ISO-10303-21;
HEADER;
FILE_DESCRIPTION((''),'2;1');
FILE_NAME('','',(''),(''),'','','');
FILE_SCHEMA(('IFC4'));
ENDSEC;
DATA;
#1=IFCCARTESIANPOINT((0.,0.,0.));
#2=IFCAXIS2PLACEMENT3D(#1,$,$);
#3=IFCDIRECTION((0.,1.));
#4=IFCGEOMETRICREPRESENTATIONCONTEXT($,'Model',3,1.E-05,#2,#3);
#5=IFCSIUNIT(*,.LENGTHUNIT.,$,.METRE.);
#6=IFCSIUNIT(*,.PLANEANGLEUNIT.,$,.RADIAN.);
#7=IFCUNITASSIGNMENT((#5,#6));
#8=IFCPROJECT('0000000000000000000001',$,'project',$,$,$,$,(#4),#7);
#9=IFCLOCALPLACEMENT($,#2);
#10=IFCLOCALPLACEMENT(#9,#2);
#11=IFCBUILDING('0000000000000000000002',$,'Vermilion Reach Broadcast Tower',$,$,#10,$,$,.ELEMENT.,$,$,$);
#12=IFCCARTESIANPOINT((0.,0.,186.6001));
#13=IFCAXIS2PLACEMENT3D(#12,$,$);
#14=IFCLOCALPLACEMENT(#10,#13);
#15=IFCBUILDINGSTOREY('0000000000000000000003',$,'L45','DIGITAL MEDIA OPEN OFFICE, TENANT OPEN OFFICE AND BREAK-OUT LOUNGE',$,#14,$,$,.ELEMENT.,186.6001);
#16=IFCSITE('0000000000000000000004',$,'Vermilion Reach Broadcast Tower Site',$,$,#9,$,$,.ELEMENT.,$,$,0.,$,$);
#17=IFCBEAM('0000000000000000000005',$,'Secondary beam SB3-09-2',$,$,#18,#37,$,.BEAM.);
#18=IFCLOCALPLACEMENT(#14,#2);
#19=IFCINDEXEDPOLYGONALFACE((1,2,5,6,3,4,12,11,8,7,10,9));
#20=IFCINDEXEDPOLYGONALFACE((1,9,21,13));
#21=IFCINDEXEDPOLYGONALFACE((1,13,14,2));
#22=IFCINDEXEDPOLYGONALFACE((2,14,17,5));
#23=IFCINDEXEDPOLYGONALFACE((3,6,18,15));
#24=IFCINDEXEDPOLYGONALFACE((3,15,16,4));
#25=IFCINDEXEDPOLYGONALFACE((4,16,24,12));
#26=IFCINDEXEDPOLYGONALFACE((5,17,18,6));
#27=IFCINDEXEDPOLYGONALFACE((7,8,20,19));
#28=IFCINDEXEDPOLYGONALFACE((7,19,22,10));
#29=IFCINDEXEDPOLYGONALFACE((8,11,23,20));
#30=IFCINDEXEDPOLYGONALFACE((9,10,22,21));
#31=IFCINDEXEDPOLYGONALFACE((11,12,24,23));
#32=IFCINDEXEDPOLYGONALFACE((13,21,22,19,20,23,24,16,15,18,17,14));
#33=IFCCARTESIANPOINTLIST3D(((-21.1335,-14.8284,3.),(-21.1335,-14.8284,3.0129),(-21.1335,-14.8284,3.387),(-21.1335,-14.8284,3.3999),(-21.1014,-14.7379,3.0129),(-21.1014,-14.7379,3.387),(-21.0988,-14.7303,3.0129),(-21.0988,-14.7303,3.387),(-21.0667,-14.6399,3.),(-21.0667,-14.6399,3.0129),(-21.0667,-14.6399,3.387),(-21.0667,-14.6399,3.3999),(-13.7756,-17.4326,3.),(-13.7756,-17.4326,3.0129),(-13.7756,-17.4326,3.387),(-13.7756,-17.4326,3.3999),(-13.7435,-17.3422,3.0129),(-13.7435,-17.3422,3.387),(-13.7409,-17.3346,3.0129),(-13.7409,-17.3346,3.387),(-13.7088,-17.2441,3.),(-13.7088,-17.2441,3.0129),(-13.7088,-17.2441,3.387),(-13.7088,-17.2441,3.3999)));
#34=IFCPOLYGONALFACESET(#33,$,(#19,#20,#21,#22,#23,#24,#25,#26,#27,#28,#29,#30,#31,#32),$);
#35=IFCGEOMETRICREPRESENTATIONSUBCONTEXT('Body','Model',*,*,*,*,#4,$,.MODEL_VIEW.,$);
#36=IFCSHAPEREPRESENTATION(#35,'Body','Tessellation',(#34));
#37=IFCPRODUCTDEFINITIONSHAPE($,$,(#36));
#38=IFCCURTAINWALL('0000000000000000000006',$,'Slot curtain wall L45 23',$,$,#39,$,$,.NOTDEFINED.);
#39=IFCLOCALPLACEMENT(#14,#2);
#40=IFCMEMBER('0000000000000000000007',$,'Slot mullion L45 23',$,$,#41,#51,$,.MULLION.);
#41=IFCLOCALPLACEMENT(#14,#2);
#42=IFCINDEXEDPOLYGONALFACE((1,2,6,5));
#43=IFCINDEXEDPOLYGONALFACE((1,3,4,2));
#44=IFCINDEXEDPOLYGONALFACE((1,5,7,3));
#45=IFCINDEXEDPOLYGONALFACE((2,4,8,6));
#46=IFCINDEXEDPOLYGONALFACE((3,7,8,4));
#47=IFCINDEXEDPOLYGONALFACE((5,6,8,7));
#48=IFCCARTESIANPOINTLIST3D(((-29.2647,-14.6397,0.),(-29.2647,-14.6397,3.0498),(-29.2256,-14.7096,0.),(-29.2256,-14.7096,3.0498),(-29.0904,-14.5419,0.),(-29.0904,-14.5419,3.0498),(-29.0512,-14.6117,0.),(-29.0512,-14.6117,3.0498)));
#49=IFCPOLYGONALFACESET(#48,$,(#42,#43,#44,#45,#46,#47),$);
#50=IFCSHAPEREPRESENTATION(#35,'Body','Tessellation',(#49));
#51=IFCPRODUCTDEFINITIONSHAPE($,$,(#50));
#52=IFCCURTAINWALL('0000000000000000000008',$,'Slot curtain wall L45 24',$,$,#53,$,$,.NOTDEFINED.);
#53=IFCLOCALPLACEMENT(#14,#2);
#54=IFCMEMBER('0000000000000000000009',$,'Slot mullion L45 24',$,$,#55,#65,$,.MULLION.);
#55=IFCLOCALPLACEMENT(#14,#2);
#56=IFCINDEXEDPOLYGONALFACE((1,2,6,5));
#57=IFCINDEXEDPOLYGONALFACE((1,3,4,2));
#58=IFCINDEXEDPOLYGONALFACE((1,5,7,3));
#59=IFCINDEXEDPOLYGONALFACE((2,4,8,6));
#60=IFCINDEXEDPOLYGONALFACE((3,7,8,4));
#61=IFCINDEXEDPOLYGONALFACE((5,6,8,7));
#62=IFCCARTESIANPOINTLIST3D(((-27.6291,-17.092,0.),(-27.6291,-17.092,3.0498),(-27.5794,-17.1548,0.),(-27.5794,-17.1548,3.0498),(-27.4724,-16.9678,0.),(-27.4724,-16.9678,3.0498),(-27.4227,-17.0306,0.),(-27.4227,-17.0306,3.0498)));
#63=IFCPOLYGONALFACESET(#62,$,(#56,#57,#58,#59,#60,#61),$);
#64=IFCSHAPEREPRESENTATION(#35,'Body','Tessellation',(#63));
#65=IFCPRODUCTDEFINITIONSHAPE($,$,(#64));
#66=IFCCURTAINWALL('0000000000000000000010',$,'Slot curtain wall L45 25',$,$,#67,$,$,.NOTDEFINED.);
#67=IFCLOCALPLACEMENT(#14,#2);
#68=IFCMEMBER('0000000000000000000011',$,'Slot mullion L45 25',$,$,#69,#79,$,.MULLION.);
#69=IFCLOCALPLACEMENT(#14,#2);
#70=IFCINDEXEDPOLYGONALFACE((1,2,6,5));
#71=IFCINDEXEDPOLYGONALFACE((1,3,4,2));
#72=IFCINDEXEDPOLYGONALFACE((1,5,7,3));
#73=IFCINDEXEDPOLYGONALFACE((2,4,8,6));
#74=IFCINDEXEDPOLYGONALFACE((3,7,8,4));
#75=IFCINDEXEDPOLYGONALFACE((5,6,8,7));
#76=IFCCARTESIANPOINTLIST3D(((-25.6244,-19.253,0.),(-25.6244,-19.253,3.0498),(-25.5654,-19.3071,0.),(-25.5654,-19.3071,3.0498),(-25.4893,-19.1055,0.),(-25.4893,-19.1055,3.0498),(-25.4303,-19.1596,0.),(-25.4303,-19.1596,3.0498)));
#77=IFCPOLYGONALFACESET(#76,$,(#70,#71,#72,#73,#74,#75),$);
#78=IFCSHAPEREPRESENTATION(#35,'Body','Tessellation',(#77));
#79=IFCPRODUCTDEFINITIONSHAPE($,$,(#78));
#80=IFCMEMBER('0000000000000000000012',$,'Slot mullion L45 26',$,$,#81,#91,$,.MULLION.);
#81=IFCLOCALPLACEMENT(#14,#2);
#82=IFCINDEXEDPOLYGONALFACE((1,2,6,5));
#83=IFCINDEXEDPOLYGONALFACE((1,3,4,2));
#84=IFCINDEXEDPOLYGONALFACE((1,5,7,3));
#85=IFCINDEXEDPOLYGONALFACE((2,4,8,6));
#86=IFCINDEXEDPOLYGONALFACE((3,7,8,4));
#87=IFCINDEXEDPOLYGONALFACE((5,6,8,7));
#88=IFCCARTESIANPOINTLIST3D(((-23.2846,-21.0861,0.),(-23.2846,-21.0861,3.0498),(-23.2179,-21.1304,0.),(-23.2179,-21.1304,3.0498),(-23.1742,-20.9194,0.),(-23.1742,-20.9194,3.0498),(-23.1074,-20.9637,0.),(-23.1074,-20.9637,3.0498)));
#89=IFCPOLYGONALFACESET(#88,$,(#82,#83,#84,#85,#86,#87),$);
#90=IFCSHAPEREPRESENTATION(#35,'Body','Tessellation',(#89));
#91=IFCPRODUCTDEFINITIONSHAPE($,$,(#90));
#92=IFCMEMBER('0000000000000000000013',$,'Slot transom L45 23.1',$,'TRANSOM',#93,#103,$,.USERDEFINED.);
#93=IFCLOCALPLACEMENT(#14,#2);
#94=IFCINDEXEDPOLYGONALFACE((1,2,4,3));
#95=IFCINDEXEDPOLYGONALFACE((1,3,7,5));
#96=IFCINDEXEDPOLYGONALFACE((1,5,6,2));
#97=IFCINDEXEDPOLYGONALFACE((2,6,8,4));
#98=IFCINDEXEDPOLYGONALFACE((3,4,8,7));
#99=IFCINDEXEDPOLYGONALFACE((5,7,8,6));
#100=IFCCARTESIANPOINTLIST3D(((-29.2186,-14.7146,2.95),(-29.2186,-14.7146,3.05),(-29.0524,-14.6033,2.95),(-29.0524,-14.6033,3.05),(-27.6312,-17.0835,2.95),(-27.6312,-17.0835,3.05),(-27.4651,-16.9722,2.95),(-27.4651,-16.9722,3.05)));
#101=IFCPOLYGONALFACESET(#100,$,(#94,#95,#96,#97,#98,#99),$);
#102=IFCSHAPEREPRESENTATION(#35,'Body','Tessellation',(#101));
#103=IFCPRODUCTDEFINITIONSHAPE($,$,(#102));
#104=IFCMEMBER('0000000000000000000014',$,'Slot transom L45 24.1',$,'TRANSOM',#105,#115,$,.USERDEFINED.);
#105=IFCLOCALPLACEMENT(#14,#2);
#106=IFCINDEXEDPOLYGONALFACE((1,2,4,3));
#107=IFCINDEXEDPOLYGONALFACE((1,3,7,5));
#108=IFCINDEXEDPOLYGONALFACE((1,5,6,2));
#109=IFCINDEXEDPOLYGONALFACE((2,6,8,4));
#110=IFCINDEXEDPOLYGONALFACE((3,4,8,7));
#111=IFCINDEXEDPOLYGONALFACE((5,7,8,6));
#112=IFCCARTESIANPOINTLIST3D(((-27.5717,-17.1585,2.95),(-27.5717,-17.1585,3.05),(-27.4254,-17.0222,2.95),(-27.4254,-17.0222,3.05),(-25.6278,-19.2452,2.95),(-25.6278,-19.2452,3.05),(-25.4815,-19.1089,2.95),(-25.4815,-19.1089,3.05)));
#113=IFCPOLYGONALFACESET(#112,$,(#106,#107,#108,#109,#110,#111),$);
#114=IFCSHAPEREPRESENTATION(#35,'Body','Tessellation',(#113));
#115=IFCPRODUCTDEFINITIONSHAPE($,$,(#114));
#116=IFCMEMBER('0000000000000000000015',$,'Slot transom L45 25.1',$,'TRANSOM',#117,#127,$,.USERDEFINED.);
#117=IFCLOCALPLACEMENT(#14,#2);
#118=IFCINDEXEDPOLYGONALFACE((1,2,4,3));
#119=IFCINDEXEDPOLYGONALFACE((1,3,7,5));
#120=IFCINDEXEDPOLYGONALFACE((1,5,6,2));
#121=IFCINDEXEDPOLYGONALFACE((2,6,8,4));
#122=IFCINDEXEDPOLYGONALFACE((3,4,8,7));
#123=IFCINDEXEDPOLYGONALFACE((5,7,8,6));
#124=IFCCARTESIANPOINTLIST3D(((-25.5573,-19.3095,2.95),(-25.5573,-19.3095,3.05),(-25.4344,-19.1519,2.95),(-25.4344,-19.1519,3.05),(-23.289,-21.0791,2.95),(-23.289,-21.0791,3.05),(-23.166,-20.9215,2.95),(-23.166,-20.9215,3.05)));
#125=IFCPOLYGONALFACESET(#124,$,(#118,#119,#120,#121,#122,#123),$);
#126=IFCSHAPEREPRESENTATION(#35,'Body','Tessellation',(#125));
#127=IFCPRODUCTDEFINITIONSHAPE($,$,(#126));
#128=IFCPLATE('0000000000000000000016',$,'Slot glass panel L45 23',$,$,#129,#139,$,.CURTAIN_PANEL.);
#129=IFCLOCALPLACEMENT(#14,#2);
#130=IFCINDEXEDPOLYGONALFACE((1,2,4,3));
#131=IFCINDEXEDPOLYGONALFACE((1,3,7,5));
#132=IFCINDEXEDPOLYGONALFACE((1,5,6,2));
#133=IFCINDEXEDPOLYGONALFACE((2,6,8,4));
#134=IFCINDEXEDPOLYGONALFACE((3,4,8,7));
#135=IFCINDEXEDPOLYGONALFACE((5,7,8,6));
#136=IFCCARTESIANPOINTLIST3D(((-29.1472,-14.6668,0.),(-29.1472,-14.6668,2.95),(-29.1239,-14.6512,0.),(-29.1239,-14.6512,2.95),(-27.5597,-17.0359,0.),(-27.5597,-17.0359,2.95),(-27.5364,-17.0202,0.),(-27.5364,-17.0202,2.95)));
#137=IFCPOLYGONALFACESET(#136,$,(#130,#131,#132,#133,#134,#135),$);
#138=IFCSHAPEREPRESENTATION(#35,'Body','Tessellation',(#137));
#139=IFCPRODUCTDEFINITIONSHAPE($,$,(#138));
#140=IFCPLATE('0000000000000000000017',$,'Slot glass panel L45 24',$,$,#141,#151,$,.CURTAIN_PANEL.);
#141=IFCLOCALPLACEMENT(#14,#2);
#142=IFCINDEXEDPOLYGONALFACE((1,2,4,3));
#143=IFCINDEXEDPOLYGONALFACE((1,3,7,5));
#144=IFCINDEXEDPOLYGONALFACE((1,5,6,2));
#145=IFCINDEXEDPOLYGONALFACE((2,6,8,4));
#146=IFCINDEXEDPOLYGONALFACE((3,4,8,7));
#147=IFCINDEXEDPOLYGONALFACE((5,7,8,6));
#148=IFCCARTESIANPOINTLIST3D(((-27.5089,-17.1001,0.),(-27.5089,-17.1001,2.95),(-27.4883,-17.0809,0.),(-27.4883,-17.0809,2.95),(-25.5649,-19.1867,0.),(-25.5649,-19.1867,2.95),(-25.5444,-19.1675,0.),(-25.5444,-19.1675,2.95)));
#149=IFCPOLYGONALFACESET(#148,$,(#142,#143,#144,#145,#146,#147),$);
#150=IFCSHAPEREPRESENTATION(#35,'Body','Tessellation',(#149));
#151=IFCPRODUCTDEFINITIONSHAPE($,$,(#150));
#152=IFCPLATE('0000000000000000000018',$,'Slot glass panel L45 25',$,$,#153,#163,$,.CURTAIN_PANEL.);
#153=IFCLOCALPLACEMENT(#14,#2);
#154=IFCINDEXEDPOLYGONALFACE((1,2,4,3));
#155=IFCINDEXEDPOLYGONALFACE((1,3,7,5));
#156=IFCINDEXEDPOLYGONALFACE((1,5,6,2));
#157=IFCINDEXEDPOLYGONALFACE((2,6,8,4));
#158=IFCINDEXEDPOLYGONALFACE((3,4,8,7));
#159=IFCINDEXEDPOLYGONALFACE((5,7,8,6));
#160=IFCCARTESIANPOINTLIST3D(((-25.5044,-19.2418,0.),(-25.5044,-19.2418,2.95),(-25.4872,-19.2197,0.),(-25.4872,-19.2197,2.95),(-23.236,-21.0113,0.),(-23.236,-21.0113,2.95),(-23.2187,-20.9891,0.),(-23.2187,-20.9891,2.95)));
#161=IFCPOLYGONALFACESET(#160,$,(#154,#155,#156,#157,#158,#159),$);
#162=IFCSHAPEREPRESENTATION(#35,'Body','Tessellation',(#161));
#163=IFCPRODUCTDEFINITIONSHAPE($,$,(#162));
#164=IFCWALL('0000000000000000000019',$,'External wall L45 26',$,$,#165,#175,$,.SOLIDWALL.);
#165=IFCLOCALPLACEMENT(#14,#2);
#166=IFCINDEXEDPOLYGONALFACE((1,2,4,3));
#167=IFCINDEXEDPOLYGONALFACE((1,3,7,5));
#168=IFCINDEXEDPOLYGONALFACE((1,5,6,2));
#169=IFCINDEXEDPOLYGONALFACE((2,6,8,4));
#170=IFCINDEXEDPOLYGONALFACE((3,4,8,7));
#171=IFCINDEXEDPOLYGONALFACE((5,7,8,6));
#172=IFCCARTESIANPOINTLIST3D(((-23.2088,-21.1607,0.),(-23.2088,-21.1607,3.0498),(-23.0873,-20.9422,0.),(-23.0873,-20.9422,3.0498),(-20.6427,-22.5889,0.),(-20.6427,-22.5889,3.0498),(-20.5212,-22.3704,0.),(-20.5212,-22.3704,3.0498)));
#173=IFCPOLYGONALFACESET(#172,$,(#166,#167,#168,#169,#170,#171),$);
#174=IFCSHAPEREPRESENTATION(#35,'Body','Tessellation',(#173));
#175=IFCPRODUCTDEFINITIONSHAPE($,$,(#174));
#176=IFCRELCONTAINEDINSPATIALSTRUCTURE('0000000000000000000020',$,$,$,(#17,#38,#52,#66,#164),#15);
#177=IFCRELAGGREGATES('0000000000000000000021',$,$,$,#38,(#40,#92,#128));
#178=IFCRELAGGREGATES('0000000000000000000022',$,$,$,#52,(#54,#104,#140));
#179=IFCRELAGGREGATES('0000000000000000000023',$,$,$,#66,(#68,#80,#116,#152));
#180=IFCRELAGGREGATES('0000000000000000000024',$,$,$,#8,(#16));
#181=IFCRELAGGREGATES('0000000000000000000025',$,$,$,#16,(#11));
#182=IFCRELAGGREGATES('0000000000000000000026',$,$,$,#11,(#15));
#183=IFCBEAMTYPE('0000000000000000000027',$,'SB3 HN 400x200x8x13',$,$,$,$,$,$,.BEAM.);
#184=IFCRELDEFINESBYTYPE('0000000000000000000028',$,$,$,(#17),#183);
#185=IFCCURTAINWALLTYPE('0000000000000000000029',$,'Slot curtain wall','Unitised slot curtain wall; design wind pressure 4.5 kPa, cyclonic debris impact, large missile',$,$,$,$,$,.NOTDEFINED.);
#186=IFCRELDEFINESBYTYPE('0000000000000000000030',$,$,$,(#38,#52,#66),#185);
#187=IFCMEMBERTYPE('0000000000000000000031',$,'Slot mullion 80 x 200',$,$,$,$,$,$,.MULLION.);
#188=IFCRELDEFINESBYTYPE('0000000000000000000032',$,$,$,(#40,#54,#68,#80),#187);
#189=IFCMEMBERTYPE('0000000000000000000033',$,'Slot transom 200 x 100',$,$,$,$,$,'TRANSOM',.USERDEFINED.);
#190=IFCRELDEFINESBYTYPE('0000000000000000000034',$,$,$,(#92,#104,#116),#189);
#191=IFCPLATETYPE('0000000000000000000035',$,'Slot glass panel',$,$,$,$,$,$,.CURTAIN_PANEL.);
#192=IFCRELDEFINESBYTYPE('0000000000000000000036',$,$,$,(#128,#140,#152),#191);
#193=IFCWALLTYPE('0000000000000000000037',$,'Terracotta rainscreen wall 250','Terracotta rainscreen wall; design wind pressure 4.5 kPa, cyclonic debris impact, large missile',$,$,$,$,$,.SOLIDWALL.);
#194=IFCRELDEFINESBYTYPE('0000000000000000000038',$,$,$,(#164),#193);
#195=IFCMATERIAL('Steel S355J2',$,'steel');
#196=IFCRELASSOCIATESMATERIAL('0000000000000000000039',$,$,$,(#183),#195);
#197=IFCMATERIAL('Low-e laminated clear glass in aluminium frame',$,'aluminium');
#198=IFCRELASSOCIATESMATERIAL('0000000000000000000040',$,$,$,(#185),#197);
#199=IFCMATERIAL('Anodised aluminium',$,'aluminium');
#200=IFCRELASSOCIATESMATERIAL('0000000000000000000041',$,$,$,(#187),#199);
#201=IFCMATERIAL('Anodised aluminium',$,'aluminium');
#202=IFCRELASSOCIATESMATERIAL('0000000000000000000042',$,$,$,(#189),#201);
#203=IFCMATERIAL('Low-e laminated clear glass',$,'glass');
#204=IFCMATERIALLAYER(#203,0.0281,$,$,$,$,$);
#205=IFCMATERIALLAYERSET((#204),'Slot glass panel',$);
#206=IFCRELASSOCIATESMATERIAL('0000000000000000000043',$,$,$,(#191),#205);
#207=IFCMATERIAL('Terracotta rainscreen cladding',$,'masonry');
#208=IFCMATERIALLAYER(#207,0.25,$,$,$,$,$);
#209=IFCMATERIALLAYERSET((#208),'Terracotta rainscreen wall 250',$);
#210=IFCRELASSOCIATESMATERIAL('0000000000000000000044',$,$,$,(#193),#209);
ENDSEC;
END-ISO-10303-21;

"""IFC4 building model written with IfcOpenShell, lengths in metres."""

from ifc_helpers import new_model, si_unit, direction, frame, frame_2d, origin, origin_2d, place, context, subcontext, project, spatial, rectangle, i_section, extrude, material, layer, layer_set, material_profile, profile_set, type_object, element, aggregate, save


model = new_model("IFC4")

# Units and contexts
model_context = context("Model", 3, precision=1e-05, world=origin(), true_north=direction((0.0, 1.0)))
body_context = subcontext(model_context, "Body", "Model", "MODEL_VIEW")
ifc_project = project(units=[si_unit("LENGTHUNIT", "METRE"), si_unit("PLANEANGLEUNIT", "RADIAN")], contexts=[model_context])

# Site, building, storey
site_placement = place(None, origin())
site = spatial("IfcSite", under=ifc_project, at=site_placement, Name="Vermilion Reach Broadcast Tower Site", CompositionType="ELEMENT", RefElevation=0.0)
building_placement = place(site_placement, origin())
building = spatial("IfcBuilding", under=site, at=building_placement, Name="Vermilion Reach Broadcast Tower", CompositionType="ELEMENT")
storey_placement = place(building_placement, frame((0.0, 0.0, 186.6001)))
storey = spatial("IfcBuildingStorey", under=building, at=storey_placement, Name="L45", Description="DIGITAL MEDIA OPEN OFFICE, TENANT OPEN OFFICE AND BREAK-OUT LOUNGE", CompositionType="ELEMENT", Elevation=186.6001)

# Beam
ifc_material_1 = material(Name="Steel S355J2", Category="steel")
ifc_material_profile_1 = material_profile(ifc_material_1, i_section(OverallWidth=0.2, OverallDepth=0.3999, WebThickness=0.0081, FlangeThickness=0.0129, at=origin_2d()), Name="S355J2 HN 400x200x8x13")
ifc_profile_set_1 = profile_set([ifc_material_profile_1], Name="Steel S355J2")
beam_type_1 = type_object("IfcBeamType", Name="SB3 HN 400x200x8x13", PredefinedType="BEAM", material=ifc_profile_set_1)
beam_1_placement = place(storey_placement, frame((-21.1001, -14.7341, 3.2), z_axis=(0.942695, -0.333656, 0.0), x_axis=(0.333656, 0.942695, 0.0)))
element("IfcBeam", 1, at=beam_1_placement, inside=storey, type_object=beam_type_1, Name="Secondary beam SB3-09-2", PredefinedType="BEAM", context=body_context, shape_type="SweptSolid", body=[
    extrude(i_section(OverallWidth=0.2, OverallDepth=0.3999, WebThickness=0.0081, FlangeThickness=0.0129, at=origin_2d()), origin(), (0.0, 0.0, 1.0), 7.8052),
])

# Curtain walls, members
ifc_material_2 = material(Name="Low-e laminated clear glass in aluminium frame", Category="aluminium")
curtain_wall_type = type_object("IfcCurtainWallType", Name="Slot curtain wall", Description="Unitised slot curtain wall; design wind pressure 4.5 kPa, cyclonic debris impact, large missile", PredefinedType="NOTDEFINED", material=ifc_material_2)
placement = place(storey_placement, origin())
curtain_wall_1 = element("IfcCurtainWall", 2, at=placement, inside=storey, type_object=curtain_wall_type, Name="Slot curtain wall L45 23", PredefinedType="NOTDEFINED")
ifc_material_3 = material(Name="Anodised aluminium", Category="aluminium")
ifc_material_profile_2 = material_profile(ifc_material_3, rectangle(XDim=0.2, YDim=0.0801, at=origin_2d()), Name="Slot mullion 80 x 200")
ifc_profile_set_2 = profile_set([ifc_material_profile_2], Name="Anodised aluminium")
member_type_1 = type_object("IfcMemberType", Name="Slot mullion 80 x 200", PredefinedType="MULLION", material=ifc_profile_set_2)
member_1_placement = place(storey_placement, frame((-29.158, -14.6257, 0.0), z_axis=(0.0, 0.0, 1.0), x_axis=(0.872145, 0.489247, 0.0)))
member_1 = element("IfcMember", 3, at=member_1_placement, type_object=member_type_1, Name="Slot mullion L45 23", PredefinedType="MULLION", context=body_context, shape_type="SweptSolid", body=[
    extrude(rectangle(XDim=0.2, YDim=0.0801, at=origin_2d()), origin(), (0.0, 0.0, 1.0), 3.0498),
])
curtain_wall_2 = element("IfcCurtainWall", 4, at=placement, inside=storey, type_object=curtain_wall_type, Name="Slot curtain wall L45 24", PredefinedType="NOTDEFINED")
member_2_placement = place(storey_placement, frame((-27.5259, -17.0613, 0.0), z_axis=(0.0, 0.0, 1.0), x_axis=(0.783693, 0.621148, 0.0)))
member_2 = element("IfcMember", 5, at=member_2_placement, type_object=member_type_1, Name="Slot mullion L45 24", PredefinedType="MULLION", context=body_context, shape_type="SweptSolid", body=[
    extrude(rectangle(XDim=0.2, YDim=0.0801, at=origin_2d()), origin(), (0.0, 0.0, 1.0), 3.0498),
])

# Curtain wall, members
curtain_wall_3 = element("IfcCurtainWall", 6, at=placement, inside=storey, type_object=curtain_wall_type, Name="Slot curtain wall L45 25", PredefinedType="NOTDEFINED")
member_3_placement = place(storey_placement, frame((-25.5273, -19.2063, 0.0), z_axis=(0.0, 0.0, 1.0), x_axis=(0.675476, 0.737382, 0.0)))
member_3 = element("IfcMember", 7, at=member_3_placement, type_object=member_type_1, Name="Slot mullion L45 25", PredefinedType="MULLION", context=body_context, shape_type="SweptSolid", body=[
    extrude(rectangle(XDim=0.2, YDim=0.0801, at=origin_2d()), origin(), (0.0, 0.0, 1.0), 3.0498),
])
member_4_placement = place(storey_placement, frame((-23.196, -21.0249, 0.0), z_axis=(0.0, 0.0, 1.0), x_axis=(0.552323, 0.83363, 0.0)))
member_4 = element("IfcMember", 8, at=member_4_placement, type_object=member_type_1, Name="Slot mullion L45 26", PredefinedType="MULLION", context=body_context, shape_type="SweptSolid", body=[
    extrude(rectangle(XDim=0.2, YDim=0.0801, at=origin_2d()), origin(), (0.0, 0.0, 1.0), 3.0498),
])

# Members
ifc_material_4 = material(Name="Anodised aluminium", Category="aluminium")
ifc_material_profile_3 = material_profile(ifc_material_4, rectangle(XDim=0.2, YDim=0.1001, at=origin_2d()), Name="Slot transom 200 x 100")
ifc_profile_set_3 = profile_set([ifc_material_profile_3], Name="Anodised aluminium")
member_type_2 = type_object("IfcMemberType", Name="Slot transom 200 x 100", ElementType="TRANSOM", PredefinedType="USERDEFINED", material=ifc_profile_set_3)
member_5_placement = place(storey_placement, frame((-29.1355, -14.6589, 3.0), z_axis=(0.556674, -0.830731, 0.0), x_axis=(0.830731, 0.556674, 0.0)))
member_5 = element("IfcMember", 9, at=member_5_placement, type_object=member_type_2, Name="Slot transom L45 23.1", ObjectType="TRANSOM", PredefinedType="USERDEFINED", context=body_context, shape_type="SweptSolid", body=[
    extrude(rectangle(XDim=0.2, YDim=0.1001, at=origin_2d()), origin(), (0.0, 0.0, 1.0), 2.8516),
])
member_6_placement = place(storey_placement, frame((-27.4985, -17.0903, 3.0), z_axis=(0.681622, -0.731704, 0.0), x_axis=(0.731704, 0.681622, 0.0)))
member_6 = element("IfcMember", 10, at=member_6_placement, type_object=member_type_2, Name="Slot transom L45 24.1", ObjectType="TRANSOM", PredefinedType="USERDEFINED", context=body_context, shape_type="SweptSolid", body=[
    extrude(rectangle(XDim=0.2, YDim=0.1001, at=origin_2d()), origin(), (0.0, 0.0, 1.0), 2.8518),
])
member_7_placement = place(storey_placement, frame((-25.4958, -19.2307, 3.0), z_axis=(0.78846, -0.615086, 0.0), x_axis=(0.615086, 0.78846, 0.0)))
member_7 = element("IfcMember", 11, at=member_7_placement, type_object=member_type_2, Name="Slot transom L45 25.1", ObjectType="TRANSOM", PredefinedType="USERDEFINED", context=body_context, shape_type="SweptSolid", body=[
    extrude(rectangle(XDim=0.2, YDim=0.1001, at=origin_2d()), origin(), (0.0, 0.0, 1.0), 2.877),
])

# Plates
ifc_material_5 = material(Name="Low-e laminated clear glass", Category="glass")
ifc_layer_1 = layer(ifc_material_5, 0.0281)
ifc_layer_set_1 = layer_set([ifc_layer_1], Name="Slot glass panel")
plate_type = type_object("IfcPlateType", Name="Slot glass panel", PredefinedType="CURTAIN_PANEL", material=ifc_layer_set_1)
plate_1_placement = place(storey_placement, frame((-28.3418, -15.8435, 0.0), z_axis=(0.0, 0.0, 1.0), x_axis=(0.556684, -0.830725, 0.0)))
plate_1 = element("IfcPlate", 12, at=plate_1_placement, type_object=plate_type, Name="Slot glass panel L45 23", PredefinedType="CURTAIN_PANEL", context=body_context, shape_type="SweptSolid", body=[
    extrude(rectangle(XDim=2.8518, YDim=0.0281, at=origin_2d()), origin(), (0.0, 0.0, 1.0), 2.95),
])
aggregate(curtain_wall_1, [member_1, member_5, plate_1])
plate_2_placement = place(storey_placement, frame((-26.5266, -18.1338, 0.0), z_axis=(0.0, 0.0, 1.0), x_axis=(0.681657, -0.731672, 0.0)))
plate_2 = element("IfcPlate", 13, at=plate_2_placement, type_object=plate_type, Name="Slot glass panel L45 24", PredefinedType="CURTAIN_PANEL", context=body_context, shape_type="SweptSolid", body=[
    extrude(rectangle(XDim=2.8518, YDim=0.0281, at=origin_2d()), origin(), (0.0, 0.0, 1.0), 2.95),
])
aggregate(curtain_wall_2, [member_2, member_6, plate_2])
plate_3_placement = place(storey_placement, frame((-24.3616, -20.1155, 0.0), z_axis=(0.0, 0.0, 1.0), x_axis=(0.788489, -0.615049, 0.0)))
plate_3 = element("IfcPlate", 14, at=plate_3_placement, type_object=plate_type, Name="Slot glass panel L45 25", PredefinedType="CURTAIN_PANEL", context=body_context, shape_type="SweptSolid", body=[
    extrude(rectangle(XDim=2.877, YDim=0.0281, at=origin_2d()), origin(), (0.0, 0.0, 1.0), 2.95),
])
aggregate(curtain_wall_3, [member_3, member_4, member_7, plate_3])

# Wall
ifc_material_6 = material(Name="Terracotta rainscreen cladding", Category="masonry")
ifc_layer_2 = layer(ifc_material_6, 0.25)
ifc_layer_set_2 = layer_set([ifc_layer_2], Name="Terracotta rainscreen wall 250")
wall_type = type_object("IfcWallType", Name="Terracotta rainscreen wall 250", Description="Terracotta rainscreen wall; design wind pressure 4.5 kPa, cyclonic debris impact, large missile", PredefinedType="SOLIDWALL", material=ifc_layer_set_2)
wall_placement = place(storey_placement, frame((-23.1479, -21.0515, 0.0), z_axis=(0.0, 0.0, 1.0), x_axis=(0.873785, -0.486313, 0.0)))
element("IfcWall", 15, at=wall_placement, inside=storey, type_object=wall_type, Name="External wall L45 26", PredefinedType="SOLIDWALL", context=body_context, shape_type="SweptSolid", body=[
    extrude(rectangle(XDim=2.9368, YDim=0.25, at=frame_2d((1.4683, 0.0))), origin(), (0.0, 0.0, 1.0), 3.0498),
])

save(model, "model.ifc")
